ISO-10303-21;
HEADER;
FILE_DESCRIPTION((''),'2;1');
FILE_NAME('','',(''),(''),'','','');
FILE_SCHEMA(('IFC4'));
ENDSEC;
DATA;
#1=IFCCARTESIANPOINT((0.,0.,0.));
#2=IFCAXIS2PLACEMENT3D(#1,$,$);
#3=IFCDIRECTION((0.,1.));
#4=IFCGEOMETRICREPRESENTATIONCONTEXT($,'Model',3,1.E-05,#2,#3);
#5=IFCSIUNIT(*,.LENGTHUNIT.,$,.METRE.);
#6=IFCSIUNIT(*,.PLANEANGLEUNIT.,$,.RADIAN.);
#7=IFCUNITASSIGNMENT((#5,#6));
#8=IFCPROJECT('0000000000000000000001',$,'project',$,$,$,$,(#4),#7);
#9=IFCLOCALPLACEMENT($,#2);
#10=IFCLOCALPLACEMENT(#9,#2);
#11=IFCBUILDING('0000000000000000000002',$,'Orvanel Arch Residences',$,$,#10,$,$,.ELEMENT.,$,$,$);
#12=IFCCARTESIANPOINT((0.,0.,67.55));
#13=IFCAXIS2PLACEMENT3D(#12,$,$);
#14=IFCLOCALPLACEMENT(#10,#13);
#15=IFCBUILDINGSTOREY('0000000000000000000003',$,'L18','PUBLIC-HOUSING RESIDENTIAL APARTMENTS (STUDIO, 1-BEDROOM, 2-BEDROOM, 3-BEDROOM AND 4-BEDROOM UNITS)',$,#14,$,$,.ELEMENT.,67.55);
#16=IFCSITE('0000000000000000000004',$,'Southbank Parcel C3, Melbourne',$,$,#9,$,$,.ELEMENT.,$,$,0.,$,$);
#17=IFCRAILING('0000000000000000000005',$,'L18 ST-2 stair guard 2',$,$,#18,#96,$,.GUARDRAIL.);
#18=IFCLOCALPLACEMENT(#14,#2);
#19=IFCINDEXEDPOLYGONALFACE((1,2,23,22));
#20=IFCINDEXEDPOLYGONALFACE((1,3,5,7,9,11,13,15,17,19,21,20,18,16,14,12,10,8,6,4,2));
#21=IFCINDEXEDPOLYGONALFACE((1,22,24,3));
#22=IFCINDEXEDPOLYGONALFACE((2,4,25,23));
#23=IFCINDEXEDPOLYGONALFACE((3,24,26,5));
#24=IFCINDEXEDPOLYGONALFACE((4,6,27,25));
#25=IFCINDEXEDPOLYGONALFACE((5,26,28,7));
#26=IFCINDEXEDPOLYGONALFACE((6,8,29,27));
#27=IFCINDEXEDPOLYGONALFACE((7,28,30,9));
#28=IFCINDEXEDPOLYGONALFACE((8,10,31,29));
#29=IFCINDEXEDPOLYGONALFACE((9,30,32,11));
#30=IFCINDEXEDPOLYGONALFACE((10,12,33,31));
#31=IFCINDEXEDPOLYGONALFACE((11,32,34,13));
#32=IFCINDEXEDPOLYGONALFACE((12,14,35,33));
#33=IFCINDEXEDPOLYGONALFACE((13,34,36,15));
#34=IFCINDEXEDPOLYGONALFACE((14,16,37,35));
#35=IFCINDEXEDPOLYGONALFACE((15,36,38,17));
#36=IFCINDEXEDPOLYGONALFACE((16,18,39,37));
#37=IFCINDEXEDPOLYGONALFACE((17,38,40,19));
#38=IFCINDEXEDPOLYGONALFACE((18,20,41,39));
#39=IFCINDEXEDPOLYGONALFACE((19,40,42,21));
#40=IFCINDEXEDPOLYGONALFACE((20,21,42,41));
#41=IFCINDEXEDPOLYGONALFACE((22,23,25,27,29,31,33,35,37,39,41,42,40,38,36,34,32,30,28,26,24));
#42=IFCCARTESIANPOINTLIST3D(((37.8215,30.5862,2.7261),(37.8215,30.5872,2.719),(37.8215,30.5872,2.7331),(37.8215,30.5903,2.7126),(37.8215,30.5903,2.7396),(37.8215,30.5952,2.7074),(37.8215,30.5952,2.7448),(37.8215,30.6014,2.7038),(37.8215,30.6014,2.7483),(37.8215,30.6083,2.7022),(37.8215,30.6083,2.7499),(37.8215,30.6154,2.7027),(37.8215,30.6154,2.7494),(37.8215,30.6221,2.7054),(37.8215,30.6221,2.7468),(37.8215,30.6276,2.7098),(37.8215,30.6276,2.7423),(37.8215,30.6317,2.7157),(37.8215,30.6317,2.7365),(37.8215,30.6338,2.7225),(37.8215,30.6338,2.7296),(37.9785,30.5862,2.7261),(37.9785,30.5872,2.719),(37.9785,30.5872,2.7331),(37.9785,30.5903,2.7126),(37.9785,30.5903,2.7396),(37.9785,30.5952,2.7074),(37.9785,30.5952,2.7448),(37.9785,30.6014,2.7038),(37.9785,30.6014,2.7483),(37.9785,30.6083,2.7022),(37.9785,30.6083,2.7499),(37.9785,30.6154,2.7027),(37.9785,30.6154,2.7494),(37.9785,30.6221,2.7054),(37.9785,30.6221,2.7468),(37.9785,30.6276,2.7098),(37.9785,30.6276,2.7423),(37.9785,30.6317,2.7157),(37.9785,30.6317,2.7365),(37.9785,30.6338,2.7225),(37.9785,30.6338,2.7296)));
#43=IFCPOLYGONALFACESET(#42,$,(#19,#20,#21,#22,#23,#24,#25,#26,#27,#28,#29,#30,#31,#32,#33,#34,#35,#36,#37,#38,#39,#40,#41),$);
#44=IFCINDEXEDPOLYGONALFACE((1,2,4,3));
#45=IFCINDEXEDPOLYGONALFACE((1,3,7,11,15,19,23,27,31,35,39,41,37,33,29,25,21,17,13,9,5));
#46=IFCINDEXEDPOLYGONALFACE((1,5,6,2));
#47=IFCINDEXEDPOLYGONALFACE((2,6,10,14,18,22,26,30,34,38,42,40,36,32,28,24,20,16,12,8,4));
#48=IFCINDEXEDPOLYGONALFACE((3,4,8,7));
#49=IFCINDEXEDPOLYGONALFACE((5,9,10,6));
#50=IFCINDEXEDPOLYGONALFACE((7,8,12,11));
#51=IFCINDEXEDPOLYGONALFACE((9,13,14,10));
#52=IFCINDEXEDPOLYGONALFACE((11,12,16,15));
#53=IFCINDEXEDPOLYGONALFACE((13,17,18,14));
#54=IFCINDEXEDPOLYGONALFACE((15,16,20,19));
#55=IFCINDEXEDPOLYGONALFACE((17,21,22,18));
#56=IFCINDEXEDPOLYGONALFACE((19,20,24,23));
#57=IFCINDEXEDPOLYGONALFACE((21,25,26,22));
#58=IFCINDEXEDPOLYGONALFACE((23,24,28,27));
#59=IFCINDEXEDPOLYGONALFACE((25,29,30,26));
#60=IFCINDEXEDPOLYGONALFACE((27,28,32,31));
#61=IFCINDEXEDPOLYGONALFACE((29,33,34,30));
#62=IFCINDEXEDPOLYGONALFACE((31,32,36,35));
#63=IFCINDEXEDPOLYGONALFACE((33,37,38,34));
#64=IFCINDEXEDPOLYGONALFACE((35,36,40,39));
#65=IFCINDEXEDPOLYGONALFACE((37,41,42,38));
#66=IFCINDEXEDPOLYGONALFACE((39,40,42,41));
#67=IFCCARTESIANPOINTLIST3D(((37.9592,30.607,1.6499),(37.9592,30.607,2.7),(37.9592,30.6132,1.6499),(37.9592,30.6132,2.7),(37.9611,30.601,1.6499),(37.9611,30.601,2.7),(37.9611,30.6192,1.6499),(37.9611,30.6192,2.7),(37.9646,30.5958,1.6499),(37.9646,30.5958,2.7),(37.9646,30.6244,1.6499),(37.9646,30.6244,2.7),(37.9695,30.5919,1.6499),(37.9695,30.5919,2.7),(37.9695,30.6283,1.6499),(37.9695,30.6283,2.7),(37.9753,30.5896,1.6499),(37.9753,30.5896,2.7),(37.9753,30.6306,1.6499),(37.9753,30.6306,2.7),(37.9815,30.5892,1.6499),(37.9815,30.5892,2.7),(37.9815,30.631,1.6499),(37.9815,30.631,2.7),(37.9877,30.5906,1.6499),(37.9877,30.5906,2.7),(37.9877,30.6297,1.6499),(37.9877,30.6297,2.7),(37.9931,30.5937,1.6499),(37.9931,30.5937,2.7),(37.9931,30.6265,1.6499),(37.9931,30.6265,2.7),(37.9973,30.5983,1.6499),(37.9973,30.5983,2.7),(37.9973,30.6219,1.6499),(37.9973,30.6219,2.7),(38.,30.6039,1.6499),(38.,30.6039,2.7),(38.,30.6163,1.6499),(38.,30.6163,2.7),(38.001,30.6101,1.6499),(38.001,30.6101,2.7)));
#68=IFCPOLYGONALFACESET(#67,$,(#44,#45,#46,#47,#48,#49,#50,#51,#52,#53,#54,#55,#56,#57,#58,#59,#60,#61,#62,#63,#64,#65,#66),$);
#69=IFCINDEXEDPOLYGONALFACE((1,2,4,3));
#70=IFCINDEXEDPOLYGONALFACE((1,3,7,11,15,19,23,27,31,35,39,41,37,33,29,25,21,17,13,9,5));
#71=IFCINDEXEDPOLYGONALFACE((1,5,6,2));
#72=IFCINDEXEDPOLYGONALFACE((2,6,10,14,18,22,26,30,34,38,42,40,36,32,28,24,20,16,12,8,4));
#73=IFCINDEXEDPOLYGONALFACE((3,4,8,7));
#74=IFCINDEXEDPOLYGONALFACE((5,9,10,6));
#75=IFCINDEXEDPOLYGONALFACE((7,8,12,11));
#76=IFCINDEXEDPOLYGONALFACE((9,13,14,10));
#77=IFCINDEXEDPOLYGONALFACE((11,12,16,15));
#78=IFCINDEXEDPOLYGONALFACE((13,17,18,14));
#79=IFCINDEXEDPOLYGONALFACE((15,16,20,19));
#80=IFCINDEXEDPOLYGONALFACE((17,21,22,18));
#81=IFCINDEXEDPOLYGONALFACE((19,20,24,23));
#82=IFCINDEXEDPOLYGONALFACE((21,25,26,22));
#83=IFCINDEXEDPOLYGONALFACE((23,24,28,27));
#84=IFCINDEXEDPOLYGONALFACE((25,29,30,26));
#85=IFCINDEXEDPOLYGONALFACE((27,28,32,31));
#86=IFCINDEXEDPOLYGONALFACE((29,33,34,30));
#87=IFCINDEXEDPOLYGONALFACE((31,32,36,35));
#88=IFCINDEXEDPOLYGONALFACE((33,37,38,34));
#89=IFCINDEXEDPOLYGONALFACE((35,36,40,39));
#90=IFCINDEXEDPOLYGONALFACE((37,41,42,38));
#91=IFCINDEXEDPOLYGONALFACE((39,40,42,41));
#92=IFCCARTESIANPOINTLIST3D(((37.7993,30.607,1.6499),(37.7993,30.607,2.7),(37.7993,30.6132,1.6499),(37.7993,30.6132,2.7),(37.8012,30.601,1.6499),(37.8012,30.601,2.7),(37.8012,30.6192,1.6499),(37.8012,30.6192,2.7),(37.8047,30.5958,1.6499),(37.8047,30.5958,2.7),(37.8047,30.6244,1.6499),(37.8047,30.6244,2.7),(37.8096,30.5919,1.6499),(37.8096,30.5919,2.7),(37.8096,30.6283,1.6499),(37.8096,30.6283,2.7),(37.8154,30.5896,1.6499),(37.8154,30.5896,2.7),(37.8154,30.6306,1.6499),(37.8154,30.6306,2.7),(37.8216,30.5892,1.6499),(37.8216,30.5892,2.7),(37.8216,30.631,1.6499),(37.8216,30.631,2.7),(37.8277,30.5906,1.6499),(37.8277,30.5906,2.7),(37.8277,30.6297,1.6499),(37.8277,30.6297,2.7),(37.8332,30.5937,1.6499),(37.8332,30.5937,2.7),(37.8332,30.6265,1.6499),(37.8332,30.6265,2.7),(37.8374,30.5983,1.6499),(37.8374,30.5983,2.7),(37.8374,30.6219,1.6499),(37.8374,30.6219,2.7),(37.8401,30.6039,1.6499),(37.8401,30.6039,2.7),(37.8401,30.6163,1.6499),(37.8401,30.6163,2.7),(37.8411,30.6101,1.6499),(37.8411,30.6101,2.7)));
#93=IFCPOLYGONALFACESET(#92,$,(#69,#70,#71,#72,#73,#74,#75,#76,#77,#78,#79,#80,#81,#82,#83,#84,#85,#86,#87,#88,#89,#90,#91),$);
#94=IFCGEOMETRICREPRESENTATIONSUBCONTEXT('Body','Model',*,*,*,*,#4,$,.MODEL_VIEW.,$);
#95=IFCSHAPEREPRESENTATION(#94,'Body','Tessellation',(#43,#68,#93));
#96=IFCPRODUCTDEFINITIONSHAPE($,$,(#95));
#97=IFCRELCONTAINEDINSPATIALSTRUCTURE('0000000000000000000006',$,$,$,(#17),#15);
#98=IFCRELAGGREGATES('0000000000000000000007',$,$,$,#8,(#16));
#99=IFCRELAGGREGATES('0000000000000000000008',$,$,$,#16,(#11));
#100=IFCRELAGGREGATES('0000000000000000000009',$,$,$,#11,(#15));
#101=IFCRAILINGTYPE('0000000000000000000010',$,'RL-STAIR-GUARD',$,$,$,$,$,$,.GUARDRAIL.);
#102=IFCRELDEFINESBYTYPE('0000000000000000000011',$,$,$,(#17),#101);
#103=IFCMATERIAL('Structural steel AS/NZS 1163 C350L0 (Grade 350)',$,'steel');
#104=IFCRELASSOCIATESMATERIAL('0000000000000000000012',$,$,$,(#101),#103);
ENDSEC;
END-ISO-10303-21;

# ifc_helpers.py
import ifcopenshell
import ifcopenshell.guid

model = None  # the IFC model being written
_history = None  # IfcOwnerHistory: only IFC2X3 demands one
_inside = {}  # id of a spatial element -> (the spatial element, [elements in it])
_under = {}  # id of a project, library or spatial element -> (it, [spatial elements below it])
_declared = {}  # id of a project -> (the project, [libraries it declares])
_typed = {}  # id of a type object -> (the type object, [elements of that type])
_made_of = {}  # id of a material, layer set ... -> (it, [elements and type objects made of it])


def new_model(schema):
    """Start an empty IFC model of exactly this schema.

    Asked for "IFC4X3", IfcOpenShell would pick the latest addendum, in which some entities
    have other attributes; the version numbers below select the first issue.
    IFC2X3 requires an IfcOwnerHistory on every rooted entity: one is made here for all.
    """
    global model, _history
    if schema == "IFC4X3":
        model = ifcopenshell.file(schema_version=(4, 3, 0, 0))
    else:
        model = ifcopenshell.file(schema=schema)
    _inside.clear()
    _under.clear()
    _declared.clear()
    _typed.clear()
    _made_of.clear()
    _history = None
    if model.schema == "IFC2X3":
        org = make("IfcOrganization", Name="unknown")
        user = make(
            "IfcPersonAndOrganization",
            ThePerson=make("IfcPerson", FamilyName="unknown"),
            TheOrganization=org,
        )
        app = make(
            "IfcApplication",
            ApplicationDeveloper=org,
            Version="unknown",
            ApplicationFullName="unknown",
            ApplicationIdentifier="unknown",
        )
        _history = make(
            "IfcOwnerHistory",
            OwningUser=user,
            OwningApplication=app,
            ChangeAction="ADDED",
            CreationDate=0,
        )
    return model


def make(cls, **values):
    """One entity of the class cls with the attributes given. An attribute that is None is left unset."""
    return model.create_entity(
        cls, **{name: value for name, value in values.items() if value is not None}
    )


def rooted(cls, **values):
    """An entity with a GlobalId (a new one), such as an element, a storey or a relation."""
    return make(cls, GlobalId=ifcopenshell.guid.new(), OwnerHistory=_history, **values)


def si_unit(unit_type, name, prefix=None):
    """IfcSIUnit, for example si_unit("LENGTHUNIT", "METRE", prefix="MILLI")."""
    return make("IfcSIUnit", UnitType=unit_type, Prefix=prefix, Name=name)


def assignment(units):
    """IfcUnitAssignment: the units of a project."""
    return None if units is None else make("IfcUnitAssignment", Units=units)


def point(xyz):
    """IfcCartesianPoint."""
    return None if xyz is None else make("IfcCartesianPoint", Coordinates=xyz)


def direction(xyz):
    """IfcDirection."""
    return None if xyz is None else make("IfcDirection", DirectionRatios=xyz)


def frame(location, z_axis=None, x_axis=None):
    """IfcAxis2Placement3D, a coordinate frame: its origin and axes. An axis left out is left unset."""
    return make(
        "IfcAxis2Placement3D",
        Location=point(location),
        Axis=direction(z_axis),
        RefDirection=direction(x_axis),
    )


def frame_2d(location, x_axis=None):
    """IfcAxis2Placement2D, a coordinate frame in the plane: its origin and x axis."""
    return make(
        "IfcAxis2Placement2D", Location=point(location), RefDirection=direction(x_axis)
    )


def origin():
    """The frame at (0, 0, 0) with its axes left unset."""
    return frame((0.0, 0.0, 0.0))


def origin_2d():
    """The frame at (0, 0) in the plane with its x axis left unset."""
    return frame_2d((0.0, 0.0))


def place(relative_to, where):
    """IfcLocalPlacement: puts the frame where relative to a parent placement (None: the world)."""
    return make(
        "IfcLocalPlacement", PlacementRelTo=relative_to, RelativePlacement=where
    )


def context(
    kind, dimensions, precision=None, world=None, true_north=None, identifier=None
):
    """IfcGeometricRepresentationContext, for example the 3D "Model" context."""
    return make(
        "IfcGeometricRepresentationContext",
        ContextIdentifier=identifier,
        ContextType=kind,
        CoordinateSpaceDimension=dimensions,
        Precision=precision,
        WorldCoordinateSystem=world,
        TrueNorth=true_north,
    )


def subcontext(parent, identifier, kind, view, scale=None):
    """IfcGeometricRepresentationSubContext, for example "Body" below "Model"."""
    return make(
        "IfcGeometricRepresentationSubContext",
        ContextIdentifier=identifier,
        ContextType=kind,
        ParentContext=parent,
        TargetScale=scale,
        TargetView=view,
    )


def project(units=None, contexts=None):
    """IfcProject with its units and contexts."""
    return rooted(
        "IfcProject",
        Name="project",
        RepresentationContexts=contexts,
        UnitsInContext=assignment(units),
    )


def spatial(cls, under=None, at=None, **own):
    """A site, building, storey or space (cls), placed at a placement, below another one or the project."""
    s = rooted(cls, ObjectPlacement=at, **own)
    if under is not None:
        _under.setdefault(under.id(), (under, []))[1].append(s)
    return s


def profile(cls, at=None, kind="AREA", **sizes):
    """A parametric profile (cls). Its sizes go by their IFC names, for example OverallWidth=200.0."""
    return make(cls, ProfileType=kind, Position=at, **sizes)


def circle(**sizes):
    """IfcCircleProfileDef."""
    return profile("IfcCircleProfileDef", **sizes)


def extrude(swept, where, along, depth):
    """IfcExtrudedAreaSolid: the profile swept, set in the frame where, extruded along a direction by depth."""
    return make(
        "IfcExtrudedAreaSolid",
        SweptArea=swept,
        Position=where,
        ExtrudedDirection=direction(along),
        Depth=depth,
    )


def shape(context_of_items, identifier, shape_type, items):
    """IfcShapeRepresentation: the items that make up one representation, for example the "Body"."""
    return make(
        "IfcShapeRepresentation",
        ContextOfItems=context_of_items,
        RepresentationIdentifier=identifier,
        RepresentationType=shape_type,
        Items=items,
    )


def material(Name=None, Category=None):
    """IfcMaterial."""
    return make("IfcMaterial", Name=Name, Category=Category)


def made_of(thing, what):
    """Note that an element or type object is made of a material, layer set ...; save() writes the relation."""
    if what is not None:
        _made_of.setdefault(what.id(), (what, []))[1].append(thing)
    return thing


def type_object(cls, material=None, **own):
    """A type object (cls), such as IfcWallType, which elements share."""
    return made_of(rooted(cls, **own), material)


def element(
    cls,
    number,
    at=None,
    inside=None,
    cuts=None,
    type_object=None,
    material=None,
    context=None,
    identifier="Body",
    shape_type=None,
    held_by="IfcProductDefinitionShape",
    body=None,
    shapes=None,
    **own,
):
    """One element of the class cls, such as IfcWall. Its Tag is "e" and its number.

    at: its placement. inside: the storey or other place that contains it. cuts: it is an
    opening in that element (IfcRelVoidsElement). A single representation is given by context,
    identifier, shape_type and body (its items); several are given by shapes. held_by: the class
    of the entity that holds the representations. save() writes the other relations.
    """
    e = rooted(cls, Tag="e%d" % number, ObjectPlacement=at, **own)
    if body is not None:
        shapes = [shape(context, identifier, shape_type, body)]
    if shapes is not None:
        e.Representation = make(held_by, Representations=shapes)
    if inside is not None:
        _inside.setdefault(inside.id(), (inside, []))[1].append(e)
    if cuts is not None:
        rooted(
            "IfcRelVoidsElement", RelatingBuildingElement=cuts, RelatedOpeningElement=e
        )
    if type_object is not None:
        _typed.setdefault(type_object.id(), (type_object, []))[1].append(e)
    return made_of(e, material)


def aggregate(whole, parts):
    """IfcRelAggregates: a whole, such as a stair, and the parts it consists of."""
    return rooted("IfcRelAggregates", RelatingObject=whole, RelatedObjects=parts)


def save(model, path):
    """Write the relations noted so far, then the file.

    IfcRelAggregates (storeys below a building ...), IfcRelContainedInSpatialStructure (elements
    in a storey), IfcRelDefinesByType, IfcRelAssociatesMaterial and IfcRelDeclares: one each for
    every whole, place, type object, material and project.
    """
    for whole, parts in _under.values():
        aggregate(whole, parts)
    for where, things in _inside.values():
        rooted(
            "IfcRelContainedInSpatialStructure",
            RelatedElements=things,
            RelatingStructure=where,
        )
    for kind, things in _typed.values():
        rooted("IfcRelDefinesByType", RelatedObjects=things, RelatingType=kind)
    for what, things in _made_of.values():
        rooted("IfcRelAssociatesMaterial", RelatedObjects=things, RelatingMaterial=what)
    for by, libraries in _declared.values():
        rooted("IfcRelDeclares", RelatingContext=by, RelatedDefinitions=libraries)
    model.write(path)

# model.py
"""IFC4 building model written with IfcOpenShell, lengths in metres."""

from ifc_helpers import new_model, si_unit, direction, frame, origin, origin_2d, place, context, subcontext, project, spatial, circle, extrude, material, type_object, element, save


model = new_model("IFC4")

# Units and contexts
model_context = context("Model", 3, precision=1e-05, world=origin(), true_north=direction((0.0, 1.0)))
body_context = subcontext(model_context, "Body", "Model", "MODEL_VIEW")
ifc_project = project(units=[si_unit("LENGTHUNIT", "METRE"), si_unit("PLANEANGLEUNIT", "RADIAN")], contexts=[model_context])

# Site, building, storey
site_placement = place(None, origin())
site = spatial("IfcSite", under=ifc_project, at=site_placement, Name="Southbank Parcel C3, Melbourne", CompositionType="ELEMENT", RefElevation=0.0)
building_placement = place(site_placement, origin())
building = spatial("IfcBuilding", under=site, at=building_placement, Name="Orvanel Arch Residences", CompositionType="ELEMENT")
storey_placement = place(building_placement, frame((0.0, 0.0, 67.55)))
storey = spatial("IfcBuildingStorey", under=building, at=storey_placement, Name="L18", Description="PUBLIC-HOUSING RESIDENTIAL APARTMENTS (STUDIO, 1-BEDROOM, 2-BEDROOM, 3-BEDROOM AND 4-BEDROOM UNITS)", CompositionType="ELEMENT", Elevation=67.55)

# Railing
ifc_material_1 = material(Name="Structural steel AS/NZS 1163 C350L0 (Grade 350)", Category="steel")
railing_type_1 = type_object("IfcRailingType", Name="RL-STAIR-GUARD", PredefinedType="GUARDRAIL", material=ifc_material_1)
railing_1_placement = place(storey_placement, frame((37.98, 30.6101, 1.6499)))
element("IfcRailing", 1, at=railing_1_placement, inside=storey, type_object=railing_type_1, Name="L18 ST-2 stair guard 2", PredefinedType="GUARDRAIL", context=body_context, shape_type="SweptSolid", body=[
    extrude(circle(Radius=0.0239, at=origin_2d()), frame((-0.0015, 0.0, 1.0762), z_axis=(-1.0, 0.0, 0.0), x_axis=(0.0, -1.0, 0.0)), (0.0, 0.0, 1.0), 0.157),
    extrude(circle(Radius=0.021, at=origin_2d()), origin(), (0.0, 0.0, 1.0), 1.05),
    extrude(circle(Radius=0.021, at=origin_2d()), frame((-0.1599, 0.0, 0.0)), (0.0, 0.0, 1.0), 1.05),
])

save(model, "model.ifc")
